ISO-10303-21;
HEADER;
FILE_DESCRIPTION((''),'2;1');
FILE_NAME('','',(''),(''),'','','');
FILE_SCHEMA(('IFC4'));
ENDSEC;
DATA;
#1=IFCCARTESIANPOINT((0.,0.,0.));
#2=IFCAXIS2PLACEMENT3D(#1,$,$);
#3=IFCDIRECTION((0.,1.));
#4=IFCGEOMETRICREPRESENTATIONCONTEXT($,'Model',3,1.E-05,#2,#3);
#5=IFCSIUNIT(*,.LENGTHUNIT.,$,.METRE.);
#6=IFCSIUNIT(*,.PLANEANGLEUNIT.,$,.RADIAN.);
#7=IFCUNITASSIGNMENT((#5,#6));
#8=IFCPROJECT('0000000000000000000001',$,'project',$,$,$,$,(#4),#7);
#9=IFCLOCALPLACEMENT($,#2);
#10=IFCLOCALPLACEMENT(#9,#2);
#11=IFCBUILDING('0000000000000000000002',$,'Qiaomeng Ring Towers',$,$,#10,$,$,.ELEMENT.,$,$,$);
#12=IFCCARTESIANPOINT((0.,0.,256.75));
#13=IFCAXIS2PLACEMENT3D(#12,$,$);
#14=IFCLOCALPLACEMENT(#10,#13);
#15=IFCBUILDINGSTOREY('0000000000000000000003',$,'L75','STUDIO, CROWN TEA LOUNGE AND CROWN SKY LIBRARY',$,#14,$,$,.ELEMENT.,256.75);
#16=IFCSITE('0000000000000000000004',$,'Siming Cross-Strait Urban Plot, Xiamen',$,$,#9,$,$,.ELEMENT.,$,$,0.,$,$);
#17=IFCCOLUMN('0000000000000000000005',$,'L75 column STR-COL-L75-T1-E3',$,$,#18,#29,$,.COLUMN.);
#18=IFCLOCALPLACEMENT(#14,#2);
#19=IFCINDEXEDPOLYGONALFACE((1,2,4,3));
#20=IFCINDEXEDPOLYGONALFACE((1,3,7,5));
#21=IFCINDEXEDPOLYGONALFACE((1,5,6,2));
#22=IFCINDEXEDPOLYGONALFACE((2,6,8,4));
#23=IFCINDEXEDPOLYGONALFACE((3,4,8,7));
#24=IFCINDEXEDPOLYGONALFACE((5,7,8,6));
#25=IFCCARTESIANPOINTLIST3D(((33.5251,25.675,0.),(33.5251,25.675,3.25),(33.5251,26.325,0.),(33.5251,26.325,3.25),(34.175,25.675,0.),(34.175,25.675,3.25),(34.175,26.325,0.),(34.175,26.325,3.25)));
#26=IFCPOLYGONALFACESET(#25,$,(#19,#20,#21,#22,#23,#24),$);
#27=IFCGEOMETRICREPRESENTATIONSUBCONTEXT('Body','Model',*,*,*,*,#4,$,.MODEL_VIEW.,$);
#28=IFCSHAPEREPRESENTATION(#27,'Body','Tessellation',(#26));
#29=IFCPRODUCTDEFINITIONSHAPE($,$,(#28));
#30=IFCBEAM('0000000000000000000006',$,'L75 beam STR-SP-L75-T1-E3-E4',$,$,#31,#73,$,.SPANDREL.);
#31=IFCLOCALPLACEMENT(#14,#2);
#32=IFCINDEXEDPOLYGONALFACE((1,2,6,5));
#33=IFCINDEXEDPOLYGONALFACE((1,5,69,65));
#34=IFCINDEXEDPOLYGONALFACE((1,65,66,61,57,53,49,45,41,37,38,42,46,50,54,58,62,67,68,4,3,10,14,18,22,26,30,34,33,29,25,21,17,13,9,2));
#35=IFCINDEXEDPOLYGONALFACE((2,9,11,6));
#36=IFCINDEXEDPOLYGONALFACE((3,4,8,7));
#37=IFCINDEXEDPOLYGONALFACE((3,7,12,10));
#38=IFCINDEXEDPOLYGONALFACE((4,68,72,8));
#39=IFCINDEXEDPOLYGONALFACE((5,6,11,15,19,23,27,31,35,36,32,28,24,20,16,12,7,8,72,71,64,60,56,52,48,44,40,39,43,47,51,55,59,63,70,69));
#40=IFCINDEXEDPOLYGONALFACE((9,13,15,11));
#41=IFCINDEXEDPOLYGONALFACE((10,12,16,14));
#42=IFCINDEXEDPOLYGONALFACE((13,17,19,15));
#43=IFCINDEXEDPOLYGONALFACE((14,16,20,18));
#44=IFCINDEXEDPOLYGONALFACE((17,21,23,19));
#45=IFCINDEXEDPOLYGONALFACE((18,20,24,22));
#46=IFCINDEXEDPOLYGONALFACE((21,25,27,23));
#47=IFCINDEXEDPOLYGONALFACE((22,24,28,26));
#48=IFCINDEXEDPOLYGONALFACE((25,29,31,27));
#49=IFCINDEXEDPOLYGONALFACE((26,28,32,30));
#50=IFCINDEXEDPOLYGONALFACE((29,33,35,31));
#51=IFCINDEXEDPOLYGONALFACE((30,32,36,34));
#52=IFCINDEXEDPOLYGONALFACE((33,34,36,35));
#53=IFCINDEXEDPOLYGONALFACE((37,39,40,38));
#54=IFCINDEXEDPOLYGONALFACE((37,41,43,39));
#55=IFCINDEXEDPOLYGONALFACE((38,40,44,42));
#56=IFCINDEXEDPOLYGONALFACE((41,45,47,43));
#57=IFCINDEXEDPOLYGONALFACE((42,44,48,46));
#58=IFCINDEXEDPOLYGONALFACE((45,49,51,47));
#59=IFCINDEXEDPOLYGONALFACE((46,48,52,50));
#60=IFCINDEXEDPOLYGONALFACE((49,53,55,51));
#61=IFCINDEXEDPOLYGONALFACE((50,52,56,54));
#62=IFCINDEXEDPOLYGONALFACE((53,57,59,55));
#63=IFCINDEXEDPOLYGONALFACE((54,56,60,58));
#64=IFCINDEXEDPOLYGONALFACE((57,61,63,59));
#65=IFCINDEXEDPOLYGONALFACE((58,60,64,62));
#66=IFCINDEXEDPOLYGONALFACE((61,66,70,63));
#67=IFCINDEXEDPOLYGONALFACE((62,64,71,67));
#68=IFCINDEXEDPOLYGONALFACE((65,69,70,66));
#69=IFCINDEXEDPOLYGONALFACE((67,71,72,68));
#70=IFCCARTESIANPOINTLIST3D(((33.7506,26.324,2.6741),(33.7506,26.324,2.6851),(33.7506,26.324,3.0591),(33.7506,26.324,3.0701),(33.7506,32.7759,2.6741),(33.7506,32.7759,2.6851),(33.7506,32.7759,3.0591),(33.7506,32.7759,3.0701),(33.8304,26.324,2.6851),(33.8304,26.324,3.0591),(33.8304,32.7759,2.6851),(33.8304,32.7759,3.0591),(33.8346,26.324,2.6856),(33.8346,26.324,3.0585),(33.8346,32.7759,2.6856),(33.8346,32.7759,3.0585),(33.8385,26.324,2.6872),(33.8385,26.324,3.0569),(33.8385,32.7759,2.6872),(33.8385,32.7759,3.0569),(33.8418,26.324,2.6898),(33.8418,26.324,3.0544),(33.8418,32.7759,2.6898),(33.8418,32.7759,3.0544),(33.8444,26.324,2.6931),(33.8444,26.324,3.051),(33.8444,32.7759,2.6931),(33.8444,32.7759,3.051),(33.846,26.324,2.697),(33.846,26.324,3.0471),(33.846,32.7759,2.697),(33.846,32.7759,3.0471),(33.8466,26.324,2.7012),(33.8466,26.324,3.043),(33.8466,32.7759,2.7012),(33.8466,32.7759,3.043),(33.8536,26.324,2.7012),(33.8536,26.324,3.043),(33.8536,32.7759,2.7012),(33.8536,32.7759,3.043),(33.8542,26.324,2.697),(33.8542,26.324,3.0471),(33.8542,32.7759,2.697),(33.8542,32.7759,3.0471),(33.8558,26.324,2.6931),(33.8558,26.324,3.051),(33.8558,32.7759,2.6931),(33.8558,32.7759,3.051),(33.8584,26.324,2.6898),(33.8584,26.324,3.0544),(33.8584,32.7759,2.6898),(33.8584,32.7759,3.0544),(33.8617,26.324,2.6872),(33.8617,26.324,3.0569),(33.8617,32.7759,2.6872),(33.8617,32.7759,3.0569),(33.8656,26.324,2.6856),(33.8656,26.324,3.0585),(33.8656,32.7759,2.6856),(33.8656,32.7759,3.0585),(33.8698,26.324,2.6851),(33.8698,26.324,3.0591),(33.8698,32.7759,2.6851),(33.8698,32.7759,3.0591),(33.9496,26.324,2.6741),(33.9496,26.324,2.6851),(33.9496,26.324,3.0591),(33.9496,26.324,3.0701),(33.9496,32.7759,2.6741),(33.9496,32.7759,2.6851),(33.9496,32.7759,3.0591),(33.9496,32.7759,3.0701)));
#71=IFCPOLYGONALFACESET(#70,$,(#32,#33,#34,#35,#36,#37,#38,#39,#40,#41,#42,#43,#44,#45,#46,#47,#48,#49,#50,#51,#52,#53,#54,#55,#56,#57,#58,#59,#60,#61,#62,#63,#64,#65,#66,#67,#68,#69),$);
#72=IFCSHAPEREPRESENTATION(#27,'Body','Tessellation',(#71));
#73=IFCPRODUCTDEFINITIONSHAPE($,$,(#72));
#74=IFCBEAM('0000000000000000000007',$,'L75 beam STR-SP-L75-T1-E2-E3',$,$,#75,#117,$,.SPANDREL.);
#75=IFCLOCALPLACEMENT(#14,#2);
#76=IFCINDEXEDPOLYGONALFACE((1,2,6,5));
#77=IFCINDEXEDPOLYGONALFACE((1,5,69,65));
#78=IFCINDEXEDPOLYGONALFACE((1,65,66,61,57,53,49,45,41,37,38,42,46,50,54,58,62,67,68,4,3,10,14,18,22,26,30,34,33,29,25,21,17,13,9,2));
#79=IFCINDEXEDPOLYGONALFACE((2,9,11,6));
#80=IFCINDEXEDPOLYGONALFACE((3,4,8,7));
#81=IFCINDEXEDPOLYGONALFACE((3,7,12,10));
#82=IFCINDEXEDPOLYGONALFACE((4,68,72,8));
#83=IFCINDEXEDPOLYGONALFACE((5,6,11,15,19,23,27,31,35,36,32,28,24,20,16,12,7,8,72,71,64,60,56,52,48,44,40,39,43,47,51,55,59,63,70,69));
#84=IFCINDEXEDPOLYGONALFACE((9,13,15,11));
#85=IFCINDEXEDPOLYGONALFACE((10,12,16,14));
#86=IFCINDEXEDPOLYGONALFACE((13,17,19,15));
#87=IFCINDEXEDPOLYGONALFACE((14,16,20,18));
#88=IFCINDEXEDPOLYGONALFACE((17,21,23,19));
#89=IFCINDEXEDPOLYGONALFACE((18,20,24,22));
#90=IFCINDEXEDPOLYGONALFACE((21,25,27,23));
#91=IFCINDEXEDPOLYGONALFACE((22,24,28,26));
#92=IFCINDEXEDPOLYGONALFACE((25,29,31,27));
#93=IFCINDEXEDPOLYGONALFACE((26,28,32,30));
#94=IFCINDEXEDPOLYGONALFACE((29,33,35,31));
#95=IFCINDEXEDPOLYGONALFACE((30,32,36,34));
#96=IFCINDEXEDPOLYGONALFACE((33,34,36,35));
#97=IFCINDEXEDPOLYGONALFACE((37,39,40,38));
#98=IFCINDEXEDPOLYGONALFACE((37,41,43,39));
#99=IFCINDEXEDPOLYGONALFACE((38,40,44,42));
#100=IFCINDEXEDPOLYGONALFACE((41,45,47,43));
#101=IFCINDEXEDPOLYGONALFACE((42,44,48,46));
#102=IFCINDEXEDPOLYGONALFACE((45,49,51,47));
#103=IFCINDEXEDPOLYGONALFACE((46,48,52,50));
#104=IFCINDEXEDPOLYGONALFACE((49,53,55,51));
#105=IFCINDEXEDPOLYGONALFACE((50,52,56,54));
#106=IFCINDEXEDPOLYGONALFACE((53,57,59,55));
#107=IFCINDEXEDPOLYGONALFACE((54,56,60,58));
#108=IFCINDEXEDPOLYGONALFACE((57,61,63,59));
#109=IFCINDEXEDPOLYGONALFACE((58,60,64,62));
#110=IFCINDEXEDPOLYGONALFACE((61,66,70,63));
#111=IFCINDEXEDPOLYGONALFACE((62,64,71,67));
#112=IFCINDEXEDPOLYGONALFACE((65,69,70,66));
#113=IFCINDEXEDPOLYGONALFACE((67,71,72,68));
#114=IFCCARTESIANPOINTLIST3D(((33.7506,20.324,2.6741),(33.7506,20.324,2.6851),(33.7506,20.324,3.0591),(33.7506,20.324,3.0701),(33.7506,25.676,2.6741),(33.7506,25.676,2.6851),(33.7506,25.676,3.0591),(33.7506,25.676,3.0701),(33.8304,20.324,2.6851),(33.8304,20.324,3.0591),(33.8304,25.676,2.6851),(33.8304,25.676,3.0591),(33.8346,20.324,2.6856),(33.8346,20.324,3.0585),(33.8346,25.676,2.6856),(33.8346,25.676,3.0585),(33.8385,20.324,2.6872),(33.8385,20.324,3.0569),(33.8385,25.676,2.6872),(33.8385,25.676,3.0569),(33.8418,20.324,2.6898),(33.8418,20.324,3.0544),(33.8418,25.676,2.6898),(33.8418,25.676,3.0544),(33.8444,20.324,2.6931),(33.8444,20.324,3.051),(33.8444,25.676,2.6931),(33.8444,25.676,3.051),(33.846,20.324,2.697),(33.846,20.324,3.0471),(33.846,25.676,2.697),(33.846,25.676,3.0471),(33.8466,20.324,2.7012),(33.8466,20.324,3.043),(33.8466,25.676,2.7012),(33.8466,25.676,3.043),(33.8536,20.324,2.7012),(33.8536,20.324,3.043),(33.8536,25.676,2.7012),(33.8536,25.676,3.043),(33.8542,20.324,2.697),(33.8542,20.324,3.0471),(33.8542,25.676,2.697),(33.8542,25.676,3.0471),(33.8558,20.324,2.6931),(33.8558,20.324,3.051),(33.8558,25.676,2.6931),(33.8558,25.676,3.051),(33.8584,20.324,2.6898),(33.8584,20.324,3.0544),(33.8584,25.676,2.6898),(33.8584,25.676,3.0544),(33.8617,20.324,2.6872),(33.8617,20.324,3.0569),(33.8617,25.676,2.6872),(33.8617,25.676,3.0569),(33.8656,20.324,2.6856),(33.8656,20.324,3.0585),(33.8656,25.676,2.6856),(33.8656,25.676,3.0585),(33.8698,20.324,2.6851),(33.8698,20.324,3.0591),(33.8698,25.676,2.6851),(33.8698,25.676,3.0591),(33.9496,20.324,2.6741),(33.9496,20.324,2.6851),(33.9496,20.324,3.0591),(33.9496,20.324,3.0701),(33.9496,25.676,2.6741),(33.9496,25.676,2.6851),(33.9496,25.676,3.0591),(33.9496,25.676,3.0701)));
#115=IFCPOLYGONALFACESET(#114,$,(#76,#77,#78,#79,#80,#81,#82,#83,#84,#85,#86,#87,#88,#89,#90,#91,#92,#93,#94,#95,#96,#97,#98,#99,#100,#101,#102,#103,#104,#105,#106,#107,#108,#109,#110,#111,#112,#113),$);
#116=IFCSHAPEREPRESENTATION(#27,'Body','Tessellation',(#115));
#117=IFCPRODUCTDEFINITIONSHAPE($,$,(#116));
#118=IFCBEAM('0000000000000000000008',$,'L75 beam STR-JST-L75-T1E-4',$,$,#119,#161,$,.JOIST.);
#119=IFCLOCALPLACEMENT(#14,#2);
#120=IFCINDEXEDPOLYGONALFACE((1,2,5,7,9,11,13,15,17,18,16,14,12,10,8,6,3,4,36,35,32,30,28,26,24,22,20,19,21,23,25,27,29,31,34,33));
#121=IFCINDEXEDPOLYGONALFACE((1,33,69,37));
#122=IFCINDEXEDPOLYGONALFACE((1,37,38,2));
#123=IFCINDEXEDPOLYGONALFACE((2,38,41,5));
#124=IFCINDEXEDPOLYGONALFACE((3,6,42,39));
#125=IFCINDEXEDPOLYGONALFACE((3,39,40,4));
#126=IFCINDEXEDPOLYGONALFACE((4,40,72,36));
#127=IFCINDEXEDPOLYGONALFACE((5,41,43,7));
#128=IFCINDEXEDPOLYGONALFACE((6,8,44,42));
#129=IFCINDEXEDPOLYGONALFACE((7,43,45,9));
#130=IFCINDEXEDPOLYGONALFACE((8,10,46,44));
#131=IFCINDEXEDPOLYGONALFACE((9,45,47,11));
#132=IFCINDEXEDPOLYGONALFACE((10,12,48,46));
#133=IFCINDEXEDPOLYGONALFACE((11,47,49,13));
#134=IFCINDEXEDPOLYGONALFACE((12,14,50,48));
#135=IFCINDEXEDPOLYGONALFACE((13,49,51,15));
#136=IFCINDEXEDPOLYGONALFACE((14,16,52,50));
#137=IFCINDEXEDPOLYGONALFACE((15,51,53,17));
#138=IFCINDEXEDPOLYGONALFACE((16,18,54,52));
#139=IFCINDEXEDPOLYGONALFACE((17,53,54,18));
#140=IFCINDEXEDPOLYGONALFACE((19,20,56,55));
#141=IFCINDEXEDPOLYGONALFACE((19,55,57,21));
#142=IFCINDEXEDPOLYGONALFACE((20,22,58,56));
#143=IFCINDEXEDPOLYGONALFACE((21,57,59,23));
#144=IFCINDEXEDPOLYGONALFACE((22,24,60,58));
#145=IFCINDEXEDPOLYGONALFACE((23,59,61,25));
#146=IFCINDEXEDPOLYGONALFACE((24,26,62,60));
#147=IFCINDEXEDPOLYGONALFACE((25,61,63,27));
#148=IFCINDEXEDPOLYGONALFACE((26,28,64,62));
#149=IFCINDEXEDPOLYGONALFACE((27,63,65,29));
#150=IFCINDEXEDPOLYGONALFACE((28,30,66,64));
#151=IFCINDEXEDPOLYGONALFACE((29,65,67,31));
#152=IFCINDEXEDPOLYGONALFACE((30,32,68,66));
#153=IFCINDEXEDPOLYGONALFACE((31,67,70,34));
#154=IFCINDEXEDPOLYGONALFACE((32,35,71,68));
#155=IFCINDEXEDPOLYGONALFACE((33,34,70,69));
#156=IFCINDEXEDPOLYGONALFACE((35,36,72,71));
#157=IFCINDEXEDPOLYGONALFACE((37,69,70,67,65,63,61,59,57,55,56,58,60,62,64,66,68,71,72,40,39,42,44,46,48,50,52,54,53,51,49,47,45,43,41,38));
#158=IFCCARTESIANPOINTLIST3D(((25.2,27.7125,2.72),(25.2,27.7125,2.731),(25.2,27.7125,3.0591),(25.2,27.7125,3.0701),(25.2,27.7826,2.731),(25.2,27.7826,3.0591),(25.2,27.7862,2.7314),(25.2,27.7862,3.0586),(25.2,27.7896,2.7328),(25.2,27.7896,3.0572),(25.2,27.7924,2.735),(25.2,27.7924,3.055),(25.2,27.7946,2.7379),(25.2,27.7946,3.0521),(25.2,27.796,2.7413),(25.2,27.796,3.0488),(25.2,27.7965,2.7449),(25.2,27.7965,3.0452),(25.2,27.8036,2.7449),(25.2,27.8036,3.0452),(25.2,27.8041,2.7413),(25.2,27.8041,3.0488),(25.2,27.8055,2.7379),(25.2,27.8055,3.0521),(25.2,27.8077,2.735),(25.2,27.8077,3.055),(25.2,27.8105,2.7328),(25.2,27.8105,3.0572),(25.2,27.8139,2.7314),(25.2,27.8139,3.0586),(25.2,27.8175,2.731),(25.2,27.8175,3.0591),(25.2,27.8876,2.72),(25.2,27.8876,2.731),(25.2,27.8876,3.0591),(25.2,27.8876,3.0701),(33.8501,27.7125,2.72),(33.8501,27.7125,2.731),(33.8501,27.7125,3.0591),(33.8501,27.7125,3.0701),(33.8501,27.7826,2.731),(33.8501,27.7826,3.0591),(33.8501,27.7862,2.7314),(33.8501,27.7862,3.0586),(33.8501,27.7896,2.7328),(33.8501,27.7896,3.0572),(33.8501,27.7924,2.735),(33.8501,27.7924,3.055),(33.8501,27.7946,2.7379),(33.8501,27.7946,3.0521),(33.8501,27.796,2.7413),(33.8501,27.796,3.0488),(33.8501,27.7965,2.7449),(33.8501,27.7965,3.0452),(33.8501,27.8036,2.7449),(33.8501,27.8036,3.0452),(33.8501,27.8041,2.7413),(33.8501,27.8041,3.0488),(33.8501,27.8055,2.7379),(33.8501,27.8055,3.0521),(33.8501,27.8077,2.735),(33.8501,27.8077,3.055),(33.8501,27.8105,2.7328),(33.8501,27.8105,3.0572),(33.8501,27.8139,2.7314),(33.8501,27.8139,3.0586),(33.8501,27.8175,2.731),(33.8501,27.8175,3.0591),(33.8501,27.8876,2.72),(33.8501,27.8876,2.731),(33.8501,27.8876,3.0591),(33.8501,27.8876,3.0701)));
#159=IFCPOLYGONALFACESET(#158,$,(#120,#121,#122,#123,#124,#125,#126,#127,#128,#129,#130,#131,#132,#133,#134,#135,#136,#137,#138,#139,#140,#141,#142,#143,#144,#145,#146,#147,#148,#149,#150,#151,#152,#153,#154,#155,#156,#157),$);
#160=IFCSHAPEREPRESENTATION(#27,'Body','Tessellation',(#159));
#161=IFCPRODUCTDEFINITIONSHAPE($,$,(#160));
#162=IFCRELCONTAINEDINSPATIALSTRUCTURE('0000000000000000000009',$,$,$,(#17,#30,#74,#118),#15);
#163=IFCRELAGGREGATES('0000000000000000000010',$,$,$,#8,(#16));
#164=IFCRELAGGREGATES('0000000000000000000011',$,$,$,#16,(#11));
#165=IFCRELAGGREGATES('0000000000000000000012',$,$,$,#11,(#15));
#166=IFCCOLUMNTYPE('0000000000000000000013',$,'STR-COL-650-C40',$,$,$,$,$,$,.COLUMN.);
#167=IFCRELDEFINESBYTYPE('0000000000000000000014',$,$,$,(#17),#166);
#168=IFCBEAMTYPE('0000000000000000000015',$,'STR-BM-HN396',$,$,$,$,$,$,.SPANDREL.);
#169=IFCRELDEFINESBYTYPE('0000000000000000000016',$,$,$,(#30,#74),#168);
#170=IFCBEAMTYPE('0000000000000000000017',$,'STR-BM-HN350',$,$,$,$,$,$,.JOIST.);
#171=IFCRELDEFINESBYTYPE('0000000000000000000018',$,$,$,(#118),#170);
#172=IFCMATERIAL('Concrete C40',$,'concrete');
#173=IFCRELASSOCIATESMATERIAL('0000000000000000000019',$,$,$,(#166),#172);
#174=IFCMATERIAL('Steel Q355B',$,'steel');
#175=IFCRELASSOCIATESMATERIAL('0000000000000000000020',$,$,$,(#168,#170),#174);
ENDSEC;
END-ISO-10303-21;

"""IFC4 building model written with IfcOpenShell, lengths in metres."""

from ifc_helpers import new_model, si_unit, direction, frame, origin, origin_2d, place, context, subcontext, project, spatial, rectangle, i_section, extrude, source, transform, mapped, material, material_profile, profile_set, type_object, element, save


model = new_model("IFC4")

# Units and contexts
model_context = context("Model", 3, precision=1e-05, world=origin(), true_north=direction((0.0, 1.0)))
body_context = subcontext(model_context, "Body", "Model", "MODEL_VIEW")
ifc_project = project(units=[si_unit("LENGTHUNIT", "METRE"), si_unit("PLANEANGLEUNIT", "RADIAN")], contexts=[model_context])

# Site, building, storey
site_placement = place(None, origin())
site = spatial("IfcSite", under=ifc_project, at=site_placement, Name="Siming Cross-Strait Urban Plot, Xiamen", CompositionType="ELEMENT", RefElevation=0.0)
building_placement = place(site_placement, origin())
building = spatial("IfcBuilding", under=site, at=building_placement, Name="Qiaomeng Ring Towers", CompositionType="ELEMENT")
storey_placement = place(building_placement, frame((0.0, 0.0, 256.75)))
storey = spatial("IfcBuildingStorey", under=building, at=storey_placement, Name="L75", Description="STUDIO, CROWN TEA LOUNGE AND CROWN SKY LIBRARY", CompositionType="ELEMENT", Elevation=256.75)

# Column
ifc_material_1 = material(Name="Concrete C40", Category="concrete")
ifc_material_profile_1 = material_profile(ifc_material_1, rectangle(XDim=0.6499, YDim=0.6499, at=origin_2d()), Name="RC COL 650x650")
ifc_profile_set_1 = profile_set([ifc_material_profile_1], Name="Concrete C40")
column_type = type_object("IfcColumnType", Name="STR-COL-650-C40", PredefinedType="COLUMN", material=ifc_profile_set_1)
shared_shape_1 = source(origin(), body_context, "Body", "SweptSolid", [
    extrude(rectangle(XDim=0.6499, YDim=0.6499, at=origin_2d()), origin(), (0.0, 0.0, 1.0), 3.25),
])
column_placement = place(storey_placement, frame((33.8501, 26.0, 0.0), z_axis=(0.0, 0.0, 1.0), x_axis=(1.0, 0.0, 0.0)))
element("IfcColumn", 1, at=column_placement, inside=storey, type_object=column_type, Name="L75 column STR-COL-L75-T1-E3", PredefinedType="COLUMN", context=body_context, shape_type="MappedRepresentation", body=[
    mapped(shared_shape_1, transform((0.0, 0.0, 0.0), x_axis=(1.0, 0.0, 0.0), y_axis=(0.0, 1.0, 0.0), z_axis=(0.0, 0.0, 1.0), scale=1.0)),
])

# Beams
ifc_material_2 = material(Name="Steel Q355B", Category="steel")
ifc_material_profile_2 = material_profile(ifc_material_2, i_section(OverallWidth=0.199, OverallDepth=0.396, WebThickness=0.0071, FlangeThickness=0.011, FilletRadius=0.0161, at=origin_2d()), Name="HN 396x199x7x11")
ifc_profile_set_2 = profile_set([ifc_material_profile_2], Name="Steel Q355B")
beam_type_1 = type_object("IfcBeamType", Name="STR-BM-HN396", PredefinedType="SPANDREL", material=ifc_profile_set_2)
shared_shape_2 = source(origin(), body_context, "Body", "SweptSolid", [
    extrude(i_section(OverallWidth=0.199, OverallDepth=0.396, WebThickness=0.0071, FlangeThickness=0.011, FilletRadius=0.0161, at=origin_2d()), origin(), (0.0, 0.0, 1.0), 6.4519),
])
beam_1_placement = place(storey_placement, frame((33.8501, 26.324, 2.8721), z_axis=(0.0, 1.0, 0.0), x_axis=(-1.0, 0.0, 0.0)))
element("IfcBeam", 2, at=beam_1_placement, inside=storey, type_object=beam_type_1, Name="L75 beam STR-SP-L75-T1-E3-E4", PredefinedType="SPANDREL", context=body_context, shape_type="MappedRepresentation", body=[
    mapped(shared_shape_2, transform((0.0, 0.0, 0.0), x_axis=(1.0, 0.0, 0.0), y_axis=(0.0, 1.0, 0.0), z_axis=(0.0, 0.0, 1.0), scale=1.0)),
])
shared_shape_3 = source(origin(), body_context, "Body", "SweptSolid", [
    extrude(i_section(OverallWidth=0.199, OverallDepth=0.396, WebThickness=0.0071, FlangeThickness=0.011, FilletRadius=0.0161, at=origin_2d()), origin(), (0.0, 0.0, 1.0), 5.3521),
])
beam_2_placement = place(storey_placement, frame((33.8501, 20.324, 2.8721), z_axis=(0.0, 1.0, 0.0), x_axis=(-1.0, 0.0, 0.0)))
element("IfcBeam", 3, at=beam_2_placement, inside=storey, type_object=beam_type_1, Name="L75 beam STR-SP-L75-T1-E2-E3", PredefinedType="SPANDREL", context=body_context, shape_type="MappedRepresentation", body=[
    mapped(shared_shape_3, transform((0.0, 0.0, 0.0), x_axis=(1.0, 0.0, 0.0), y_axis=(0.0, 1.0, 0.0), z_axis=(0.0, 0.0, 1.0), scale=1.0)),
])
ifc_material_profile_3 = material_profile(ifc_material_2, i_section(OverallWidth=0.175, OverallDepth=0.3501, WebThickness=0.0071, FlangeThickness=0.011, FilletRadius=0.0139, at=origin_2d()), Name="HN 350x175x7x11")
ifc_profile_set_3 = profile_set([ifc_material_profile_3], Name="Steel Q355B")
beam_type_2 = type_object("IfcBeamType", Name="STR-BM-HN350", PredefinedType="JOIST", material=ifc_profile_set_3)
shared_shape_4 = source(origin(), body_context, "Body", "SweptSolid", [
    extrude(i_section(OverallWidth=0.175, OverallDepth=0.3501, WebThickness=0.0071, FlangeThickness=0.011, FilletRadius=0.0139, at=origin_2d()), origin(), (0.0, 0.0, 1.0), 8.6501),
])
beam_3_placement = place(storey_placement, frame((25.2, 27.8, 2.895), z_axis=(1.0, 0.0, 0.0), x_axis=(0.0, 1.0, 0.0)))
element("IfcBeam", 4, at=beam_3_placement, inside=storey, type_object=beam_type_2, Name="L75 beam STR-JST-L75-T1E-4", PredefinedType="JOIST", context=body_context, shape_type="MappedRepresentation", body=[
    mapped(shared_shape_4, transform((0.0, 0.0, 0.0), x_axis=(1.0, 0.0, 0.0), y_axis=(0.0, 1.0, 0.0), z_axis=(0.0, 0.0, 1.0), scale=1.0)),
])

save(model, "model.ifc")
